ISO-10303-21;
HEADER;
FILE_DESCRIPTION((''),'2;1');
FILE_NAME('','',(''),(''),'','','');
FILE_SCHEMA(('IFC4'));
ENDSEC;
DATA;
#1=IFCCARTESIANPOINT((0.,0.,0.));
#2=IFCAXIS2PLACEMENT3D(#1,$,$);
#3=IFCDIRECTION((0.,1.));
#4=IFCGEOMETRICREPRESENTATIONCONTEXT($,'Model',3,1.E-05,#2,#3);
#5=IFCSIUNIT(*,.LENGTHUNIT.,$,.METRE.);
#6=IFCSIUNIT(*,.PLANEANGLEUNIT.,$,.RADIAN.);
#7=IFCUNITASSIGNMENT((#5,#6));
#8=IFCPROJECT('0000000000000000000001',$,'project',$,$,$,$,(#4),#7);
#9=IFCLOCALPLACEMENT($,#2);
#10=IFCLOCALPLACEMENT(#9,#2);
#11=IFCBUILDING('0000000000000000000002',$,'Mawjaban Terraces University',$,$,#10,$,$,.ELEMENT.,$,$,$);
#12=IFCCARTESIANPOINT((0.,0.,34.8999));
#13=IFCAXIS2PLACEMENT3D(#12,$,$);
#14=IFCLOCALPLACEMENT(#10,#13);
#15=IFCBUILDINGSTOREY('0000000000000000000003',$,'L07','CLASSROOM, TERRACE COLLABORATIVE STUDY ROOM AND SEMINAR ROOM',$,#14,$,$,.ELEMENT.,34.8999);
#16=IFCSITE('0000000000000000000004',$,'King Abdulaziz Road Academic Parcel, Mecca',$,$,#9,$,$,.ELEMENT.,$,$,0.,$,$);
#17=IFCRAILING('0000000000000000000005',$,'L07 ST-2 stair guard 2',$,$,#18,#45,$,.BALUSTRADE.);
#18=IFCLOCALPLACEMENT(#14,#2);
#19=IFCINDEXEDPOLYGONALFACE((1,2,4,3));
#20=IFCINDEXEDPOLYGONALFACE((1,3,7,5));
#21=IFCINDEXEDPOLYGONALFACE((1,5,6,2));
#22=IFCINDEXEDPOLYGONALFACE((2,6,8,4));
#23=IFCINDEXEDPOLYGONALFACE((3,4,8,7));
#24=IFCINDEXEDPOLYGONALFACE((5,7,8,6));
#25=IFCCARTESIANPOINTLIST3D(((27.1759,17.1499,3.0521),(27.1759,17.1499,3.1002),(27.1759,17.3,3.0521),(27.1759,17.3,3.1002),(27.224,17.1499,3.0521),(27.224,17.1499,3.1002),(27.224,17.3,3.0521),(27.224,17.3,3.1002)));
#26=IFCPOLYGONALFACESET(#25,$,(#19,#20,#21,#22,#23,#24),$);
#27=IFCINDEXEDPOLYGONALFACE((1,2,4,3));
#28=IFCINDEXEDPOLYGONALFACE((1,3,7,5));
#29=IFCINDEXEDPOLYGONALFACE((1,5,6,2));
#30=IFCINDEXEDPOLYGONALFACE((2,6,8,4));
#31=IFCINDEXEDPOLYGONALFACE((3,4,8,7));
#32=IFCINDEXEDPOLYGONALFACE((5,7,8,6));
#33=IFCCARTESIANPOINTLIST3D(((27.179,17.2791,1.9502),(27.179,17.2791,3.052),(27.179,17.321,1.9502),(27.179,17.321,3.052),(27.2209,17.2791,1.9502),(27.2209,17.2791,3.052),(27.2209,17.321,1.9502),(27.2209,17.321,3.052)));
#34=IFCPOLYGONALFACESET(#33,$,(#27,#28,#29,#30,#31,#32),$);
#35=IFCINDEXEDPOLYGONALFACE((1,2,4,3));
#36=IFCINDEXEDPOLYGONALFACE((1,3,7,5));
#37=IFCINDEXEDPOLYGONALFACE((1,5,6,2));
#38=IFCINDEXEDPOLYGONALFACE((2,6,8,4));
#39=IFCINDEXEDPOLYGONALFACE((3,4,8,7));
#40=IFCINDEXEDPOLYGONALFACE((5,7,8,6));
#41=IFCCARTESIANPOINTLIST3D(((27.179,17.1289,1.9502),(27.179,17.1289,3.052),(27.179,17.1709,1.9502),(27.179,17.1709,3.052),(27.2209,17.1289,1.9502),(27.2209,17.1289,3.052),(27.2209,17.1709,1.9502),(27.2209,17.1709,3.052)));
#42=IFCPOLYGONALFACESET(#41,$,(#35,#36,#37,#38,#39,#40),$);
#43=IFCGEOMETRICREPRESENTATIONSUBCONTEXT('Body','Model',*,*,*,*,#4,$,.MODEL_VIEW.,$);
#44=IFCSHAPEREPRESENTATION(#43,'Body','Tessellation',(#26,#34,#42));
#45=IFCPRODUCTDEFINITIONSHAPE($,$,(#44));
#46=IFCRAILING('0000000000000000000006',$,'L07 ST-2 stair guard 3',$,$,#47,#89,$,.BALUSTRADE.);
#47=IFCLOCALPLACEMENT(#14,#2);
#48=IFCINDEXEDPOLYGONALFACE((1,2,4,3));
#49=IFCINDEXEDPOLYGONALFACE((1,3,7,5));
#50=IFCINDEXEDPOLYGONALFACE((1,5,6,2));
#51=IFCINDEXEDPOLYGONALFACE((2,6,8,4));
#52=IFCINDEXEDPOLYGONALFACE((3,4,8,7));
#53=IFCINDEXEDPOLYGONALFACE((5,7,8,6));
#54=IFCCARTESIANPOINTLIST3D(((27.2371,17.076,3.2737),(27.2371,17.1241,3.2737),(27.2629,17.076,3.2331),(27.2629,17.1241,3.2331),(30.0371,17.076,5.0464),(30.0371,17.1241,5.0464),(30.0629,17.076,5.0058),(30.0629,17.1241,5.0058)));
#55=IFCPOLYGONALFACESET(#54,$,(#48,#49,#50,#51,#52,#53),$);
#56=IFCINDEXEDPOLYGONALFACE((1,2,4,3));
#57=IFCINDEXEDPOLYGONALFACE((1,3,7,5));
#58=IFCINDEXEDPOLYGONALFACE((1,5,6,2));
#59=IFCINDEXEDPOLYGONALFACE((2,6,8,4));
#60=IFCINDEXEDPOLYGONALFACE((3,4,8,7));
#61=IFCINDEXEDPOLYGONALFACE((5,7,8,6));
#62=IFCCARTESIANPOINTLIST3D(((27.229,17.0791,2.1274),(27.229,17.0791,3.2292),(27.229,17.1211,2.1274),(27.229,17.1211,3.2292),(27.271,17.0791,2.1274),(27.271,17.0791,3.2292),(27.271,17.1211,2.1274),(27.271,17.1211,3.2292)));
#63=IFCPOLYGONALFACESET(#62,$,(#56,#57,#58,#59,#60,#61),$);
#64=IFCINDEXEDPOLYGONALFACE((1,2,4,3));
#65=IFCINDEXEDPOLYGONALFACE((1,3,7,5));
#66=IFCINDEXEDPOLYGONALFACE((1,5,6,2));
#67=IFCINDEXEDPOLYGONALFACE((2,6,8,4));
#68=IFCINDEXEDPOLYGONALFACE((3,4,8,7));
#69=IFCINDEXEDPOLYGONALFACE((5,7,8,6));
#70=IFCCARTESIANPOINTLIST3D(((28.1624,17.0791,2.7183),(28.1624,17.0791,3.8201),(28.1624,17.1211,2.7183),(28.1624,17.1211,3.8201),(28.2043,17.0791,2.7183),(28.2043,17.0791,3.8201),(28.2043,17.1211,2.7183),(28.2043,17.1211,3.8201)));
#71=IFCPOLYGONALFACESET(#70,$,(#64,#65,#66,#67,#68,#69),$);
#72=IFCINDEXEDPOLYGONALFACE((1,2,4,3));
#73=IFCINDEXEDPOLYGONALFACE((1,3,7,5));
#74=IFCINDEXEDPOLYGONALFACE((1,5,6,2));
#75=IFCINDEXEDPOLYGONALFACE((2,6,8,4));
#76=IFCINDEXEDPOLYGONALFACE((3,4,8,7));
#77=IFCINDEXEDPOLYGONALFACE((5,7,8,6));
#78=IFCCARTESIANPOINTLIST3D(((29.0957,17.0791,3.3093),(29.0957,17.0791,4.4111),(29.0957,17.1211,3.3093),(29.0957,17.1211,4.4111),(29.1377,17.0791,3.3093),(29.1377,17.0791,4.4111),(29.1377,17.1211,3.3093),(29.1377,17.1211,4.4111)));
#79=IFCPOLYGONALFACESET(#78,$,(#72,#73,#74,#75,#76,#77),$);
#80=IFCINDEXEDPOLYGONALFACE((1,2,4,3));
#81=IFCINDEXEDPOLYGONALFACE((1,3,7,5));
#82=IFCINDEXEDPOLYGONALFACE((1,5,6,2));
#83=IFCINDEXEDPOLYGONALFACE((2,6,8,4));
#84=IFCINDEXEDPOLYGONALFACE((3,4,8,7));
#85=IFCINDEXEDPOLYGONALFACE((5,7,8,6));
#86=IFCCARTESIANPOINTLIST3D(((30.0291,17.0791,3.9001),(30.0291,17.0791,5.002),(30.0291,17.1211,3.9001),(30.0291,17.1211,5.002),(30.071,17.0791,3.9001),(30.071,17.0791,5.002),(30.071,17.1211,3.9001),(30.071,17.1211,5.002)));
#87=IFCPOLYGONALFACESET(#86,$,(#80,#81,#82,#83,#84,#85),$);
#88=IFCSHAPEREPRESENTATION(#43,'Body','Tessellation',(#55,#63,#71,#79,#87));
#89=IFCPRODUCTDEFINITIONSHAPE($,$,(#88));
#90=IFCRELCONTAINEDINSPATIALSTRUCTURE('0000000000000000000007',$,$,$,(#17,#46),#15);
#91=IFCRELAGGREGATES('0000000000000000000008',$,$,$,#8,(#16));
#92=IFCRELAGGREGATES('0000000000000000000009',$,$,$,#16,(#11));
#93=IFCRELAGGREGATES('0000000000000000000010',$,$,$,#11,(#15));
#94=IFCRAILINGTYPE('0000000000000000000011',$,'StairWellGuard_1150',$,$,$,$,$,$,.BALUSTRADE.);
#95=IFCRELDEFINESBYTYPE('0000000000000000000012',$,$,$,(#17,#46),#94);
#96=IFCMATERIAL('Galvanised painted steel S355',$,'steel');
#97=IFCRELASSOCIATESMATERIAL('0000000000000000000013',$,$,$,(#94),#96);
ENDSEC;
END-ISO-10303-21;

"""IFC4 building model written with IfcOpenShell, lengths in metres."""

from ifc_helpers import new_model, si_unit, direction, frame, origin, origin_2d, place, context, subcontext, project, spatial, rectangle, extrude, material, type_object, element, save


model = new_model("IFC4")

# Units and contexts
model_context = context("Model", 3, precision=1e-05, world=origin(), true_north=direction((0.0, 1.0)))
body_context = subcontext(model_context, "Body", "Model", "MODEL_VIEW")
ifc_project = project(units=[si_unit("LENGTHUNIT", "METRE"), si_unit("PLANEANGLEUNIT", "RADIAN")], contexts=[model_context])

# Site, building, storey
site_placement = place(None, origin())
site = spatial("IfcSite", under=ifc_project, at=site_placement, Name="King Abdulaziz Road Academic Parcel, Mecca", CompositionType="ELEMENT", RefElevation=0.0)
building_placement = place(site_placement, origin())
building = spatial("IfcBuilding", under=site, at=building_placement, Name="Mawjaban Terraces University", CompositionType="ELEMENT")
storey_placement = place(building_placement, frame((0.0, 0.0, 34.8999)))
storey = spatial("IfcBuildingStorey", under=building, at=storey_placement, Name="L07", Description="CLASSROOM, TERRACE COLLABORATIVE STUDY ROOM AND SEMINAR ROOM", CompositionType="ELEMENT", Elevation=34.8999)

# Railings
ifc_material_1 = material(Name="Galvanised painted steel S355", Category="steel")
railing_type_1 = type_object("IfcRailingType", Name="StairWellGuard_1150", PredefinedType="BALUSTRADE", material=ifc_material_1)
railing_1_placement = place(storey_placement, frame((27.2, 17.3, 1.9502)))
element("IfcRailing", 1, at=railing_1_placement, inside=storey, type_object=railing_type_1, Name="L07 ST-2 stair guard 2", PredefinedType="BALUSTRADE", context=body_context, shape_type="SweptSolid", body=[
    extrude(rectangle(XDim=0.0481, YDim=0.0481, at=origin_2d()), frame((0.0, 0.0, 1.126), z_axis=(0.0, -1.0, 0.0), x_axis=(1.0, 0.0, 0.0)), (0.0, 0.0, 1.0), 0.1501),
    extrude(rectangle(XDim=0.042, YDim=0.042, at=origin_2d()), origin(), (0.0, 0.0, 1.0), 1.1018),
    extrude(rectangle(XDim=0.042, YDim=0.042, at=origin_2d()), frame((0.0, -0.1501, 0.0)), (0.0, 0.0, 1.0), 1.1018),
])
railing_2_placement = place(storey_placement, frame((27.25, 17.1001, 2.1274)))
element("IfcRailing", 2, at=railing_2_placement, inside=storey, type_object=railing_type_1, Name="L07 ST-2 stair guard 3", PredefinedType="BALUSTRADE", context=body_context, shape_type="SweptSolid", body=[
    extrude(rectangle(XDim=0.0481, YDim=0.0481, at=origin_2d()), frame((0.0, 0.0, 1.126), z_axis=(0.844909, 0.0, 0.53491), x_axis=(0.0, 1.0, 0.0)), (0.0, 0.0, 1.0), 3.314),
    extrude(rectangle(XDim=0.042, YDim=0.042, at=origin_2d()), origin(), (0.0, 0.0, 1.0), 1.1018),
    extrude(rectangle(XDim=0.042, YDim=0.042, at=origin_2d()), frame((0.9333, 0.0, 0.5908)), (0.0, 0.0, 1.0), 1.1018),
    extrude(rectangle(XDim=0.042, YDim=0.042, at=origin_2d()), frame((1.8667, 0.0, 1.1819)), (0.0, 0.0, 1.0), 1.1018),
    extrude(rectangle(XDim=0.042, YDim=0.042, at=origin_2d()), frame((2.8, 0.0, 1.7727)), (0.0, 0.0, 1.0), 1.1018),
])

save(model, "model.ifc")
